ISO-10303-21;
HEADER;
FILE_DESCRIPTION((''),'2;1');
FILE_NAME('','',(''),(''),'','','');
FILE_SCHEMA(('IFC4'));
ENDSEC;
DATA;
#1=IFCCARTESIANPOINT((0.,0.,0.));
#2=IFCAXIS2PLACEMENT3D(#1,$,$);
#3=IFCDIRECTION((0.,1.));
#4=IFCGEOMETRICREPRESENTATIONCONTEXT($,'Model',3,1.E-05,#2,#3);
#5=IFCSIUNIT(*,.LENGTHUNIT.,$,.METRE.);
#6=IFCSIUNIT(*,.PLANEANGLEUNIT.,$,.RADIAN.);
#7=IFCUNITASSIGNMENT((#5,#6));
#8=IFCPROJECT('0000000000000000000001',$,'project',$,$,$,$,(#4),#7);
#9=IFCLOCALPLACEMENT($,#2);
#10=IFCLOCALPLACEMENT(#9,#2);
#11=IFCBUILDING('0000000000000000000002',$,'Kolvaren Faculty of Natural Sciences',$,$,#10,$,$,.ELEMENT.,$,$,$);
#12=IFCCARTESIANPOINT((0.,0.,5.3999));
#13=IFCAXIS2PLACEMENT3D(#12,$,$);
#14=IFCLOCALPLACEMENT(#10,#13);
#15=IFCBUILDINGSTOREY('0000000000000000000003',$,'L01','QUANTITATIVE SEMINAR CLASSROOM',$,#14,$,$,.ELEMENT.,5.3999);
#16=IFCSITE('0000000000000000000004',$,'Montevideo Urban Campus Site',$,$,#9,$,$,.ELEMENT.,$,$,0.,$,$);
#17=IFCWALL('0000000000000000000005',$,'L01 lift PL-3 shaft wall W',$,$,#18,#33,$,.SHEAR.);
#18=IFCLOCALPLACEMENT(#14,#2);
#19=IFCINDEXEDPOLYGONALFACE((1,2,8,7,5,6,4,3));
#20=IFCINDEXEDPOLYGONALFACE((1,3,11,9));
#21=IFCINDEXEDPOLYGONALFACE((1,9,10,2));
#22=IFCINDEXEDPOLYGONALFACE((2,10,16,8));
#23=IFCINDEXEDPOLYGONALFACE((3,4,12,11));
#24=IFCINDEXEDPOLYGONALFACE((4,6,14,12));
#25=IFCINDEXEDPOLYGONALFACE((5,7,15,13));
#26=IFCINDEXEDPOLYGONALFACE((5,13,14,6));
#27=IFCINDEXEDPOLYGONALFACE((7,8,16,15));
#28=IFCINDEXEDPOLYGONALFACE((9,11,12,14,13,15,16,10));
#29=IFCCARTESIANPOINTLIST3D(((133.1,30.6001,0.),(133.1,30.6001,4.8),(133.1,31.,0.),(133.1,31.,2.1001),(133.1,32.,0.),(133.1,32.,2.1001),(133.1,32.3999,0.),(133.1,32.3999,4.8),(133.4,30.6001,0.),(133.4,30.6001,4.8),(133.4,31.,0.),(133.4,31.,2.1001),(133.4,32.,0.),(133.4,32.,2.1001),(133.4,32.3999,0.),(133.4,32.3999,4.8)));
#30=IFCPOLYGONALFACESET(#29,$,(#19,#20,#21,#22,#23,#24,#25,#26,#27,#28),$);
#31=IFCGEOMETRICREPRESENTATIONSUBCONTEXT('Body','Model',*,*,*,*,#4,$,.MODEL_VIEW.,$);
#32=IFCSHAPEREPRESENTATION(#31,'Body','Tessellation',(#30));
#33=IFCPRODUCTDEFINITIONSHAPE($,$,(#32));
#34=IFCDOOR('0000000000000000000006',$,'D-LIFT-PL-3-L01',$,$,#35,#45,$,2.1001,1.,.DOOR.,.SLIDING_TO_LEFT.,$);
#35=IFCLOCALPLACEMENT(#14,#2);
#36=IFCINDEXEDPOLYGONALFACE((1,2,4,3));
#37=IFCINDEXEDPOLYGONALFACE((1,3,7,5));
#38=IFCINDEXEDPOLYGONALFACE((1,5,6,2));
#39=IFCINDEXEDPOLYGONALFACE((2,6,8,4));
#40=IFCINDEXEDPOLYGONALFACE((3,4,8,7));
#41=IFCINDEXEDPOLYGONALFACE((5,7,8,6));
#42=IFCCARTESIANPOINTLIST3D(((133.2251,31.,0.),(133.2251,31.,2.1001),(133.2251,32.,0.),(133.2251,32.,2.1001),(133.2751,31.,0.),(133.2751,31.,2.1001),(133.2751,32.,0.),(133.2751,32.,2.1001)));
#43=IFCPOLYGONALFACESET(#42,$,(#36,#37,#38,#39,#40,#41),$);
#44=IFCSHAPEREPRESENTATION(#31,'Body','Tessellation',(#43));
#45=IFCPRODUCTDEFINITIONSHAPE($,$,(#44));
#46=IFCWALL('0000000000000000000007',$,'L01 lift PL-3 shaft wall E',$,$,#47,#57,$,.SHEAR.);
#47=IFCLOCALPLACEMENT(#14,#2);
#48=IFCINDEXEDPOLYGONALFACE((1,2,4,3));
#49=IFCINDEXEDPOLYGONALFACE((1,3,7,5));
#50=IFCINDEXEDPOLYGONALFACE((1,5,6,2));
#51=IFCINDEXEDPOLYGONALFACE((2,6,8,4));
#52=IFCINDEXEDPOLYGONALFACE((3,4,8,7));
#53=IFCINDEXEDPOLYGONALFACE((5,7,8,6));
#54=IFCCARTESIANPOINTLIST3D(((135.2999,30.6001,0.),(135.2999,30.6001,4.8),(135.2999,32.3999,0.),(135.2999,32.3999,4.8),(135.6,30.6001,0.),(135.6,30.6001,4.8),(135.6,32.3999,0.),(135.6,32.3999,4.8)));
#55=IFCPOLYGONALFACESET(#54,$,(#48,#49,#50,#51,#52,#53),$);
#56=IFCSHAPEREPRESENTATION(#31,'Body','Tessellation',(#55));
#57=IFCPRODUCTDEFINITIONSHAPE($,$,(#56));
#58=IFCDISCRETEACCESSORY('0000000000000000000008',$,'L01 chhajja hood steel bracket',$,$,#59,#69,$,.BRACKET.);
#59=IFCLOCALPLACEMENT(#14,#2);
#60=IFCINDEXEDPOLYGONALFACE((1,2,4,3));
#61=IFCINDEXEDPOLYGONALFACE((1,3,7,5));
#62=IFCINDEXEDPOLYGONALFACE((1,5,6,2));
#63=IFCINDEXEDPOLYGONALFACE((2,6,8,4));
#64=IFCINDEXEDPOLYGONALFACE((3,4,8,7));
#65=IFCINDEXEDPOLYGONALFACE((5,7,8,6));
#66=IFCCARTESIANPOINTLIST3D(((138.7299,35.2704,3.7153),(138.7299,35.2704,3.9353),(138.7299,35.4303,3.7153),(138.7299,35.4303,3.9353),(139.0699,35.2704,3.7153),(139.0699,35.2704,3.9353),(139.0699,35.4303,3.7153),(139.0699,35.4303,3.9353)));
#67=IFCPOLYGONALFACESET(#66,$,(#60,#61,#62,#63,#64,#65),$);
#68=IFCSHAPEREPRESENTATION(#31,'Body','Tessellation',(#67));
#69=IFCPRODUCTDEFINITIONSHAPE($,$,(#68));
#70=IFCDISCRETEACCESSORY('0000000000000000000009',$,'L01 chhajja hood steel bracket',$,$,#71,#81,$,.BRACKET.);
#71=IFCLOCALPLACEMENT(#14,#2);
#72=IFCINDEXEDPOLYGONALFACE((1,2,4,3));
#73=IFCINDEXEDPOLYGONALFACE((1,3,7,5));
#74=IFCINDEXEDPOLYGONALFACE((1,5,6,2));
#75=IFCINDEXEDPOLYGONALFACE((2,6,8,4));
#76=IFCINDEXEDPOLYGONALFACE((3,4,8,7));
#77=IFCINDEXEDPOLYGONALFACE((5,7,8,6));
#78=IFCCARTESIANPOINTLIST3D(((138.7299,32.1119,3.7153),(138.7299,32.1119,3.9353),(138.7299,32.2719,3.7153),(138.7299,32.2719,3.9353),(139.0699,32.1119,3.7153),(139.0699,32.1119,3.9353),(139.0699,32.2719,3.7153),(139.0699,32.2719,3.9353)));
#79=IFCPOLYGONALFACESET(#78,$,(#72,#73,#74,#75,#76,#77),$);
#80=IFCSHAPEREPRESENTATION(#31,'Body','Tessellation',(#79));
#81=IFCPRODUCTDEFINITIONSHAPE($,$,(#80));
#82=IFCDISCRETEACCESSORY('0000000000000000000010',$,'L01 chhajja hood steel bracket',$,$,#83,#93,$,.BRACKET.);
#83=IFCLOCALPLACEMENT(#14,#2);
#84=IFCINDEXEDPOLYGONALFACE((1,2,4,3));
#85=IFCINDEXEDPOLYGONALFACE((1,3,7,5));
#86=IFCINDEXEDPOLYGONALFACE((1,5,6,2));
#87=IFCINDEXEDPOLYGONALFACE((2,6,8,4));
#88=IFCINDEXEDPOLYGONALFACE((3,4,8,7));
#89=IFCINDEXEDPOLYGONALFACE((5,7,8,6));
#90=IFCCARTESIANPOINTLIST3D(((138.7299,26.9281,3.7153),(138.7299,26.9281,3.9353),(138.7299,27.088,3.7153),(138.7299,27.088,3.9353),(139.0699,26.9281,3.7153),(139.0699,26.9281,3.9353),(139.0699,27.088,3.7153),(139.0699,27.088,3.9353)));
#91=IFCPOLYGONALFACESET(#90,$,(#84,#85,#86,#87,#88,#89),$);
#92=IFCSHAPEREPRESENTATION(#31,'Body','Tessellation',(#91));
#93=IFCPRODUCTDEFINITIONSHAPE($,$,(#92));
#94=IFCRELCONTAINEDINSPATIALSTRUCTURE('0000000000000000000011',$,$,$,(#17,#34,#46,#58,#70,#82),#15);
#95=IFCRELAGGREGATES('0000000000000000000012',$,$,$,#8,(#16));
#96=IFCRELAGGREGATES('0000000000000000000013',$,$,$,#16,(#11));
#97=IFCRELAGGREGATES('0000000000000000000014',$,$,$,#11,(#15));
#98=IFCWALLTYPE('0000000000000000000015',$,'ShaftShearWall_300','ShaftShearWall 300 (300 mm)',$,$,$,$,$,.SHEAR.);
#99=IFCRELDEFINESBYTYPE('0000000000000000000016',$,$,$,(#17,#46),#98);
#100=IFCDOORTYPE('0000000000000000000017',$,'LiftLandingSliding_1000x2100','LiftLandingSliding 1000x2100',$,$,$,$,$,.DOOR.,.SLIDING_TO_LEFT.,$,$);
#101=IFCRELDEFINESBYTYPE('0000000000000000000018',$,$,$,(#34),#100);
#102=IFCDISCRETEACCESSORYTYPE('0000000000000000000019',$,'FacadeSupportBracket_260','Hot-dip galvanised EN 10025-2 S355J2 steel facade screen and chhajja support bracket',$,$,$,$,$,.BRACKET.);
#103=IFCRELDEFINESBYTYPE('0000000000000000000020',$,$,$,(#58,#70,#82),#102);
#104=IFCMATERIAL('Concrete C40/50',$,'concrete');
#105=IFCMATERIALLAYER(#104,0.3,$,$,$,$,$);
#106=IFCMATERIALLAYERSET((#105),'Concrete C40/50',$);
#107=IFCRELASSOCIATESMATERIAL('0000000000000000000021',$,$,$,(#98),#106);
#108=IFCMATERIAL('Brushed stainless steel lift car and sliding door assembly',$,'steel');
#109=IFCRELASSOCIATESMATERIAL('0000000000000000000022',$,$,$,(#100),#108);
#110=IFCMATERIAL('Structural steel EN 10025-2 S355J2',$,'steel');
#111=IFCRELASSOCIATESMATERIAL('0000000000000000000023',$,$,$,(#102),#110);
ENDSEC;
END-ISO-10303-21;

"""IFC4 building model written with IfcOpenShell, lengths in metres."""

from ifc_helpers import new_model, si_unit, direction, frame, frame_2d, origin, origin_2d, place, context, subcontext, project, spatial, rectangle, extrude, material, layer, layer_set, type_object, element, fill, save


model = new_model("IFC4")

# Units and contexts
model_context = context("Model", 3, precision=1e-05, world=origin(), true_north=direction((0.0, 1.0)))
body_context = subcontext(model_context, "Body", "Model", "MODEL_VIEW")
ifc_project = project(units=[si_unit("LENGTHUNIT", "METRE"), si_unit("PLANEANGLEUNIT", "RADIAN")], contexts=[model_context])

# Site, building, storey
site_placement = place(None, origin())
site = spatial("IfcSite", under=ifc_project, at=site_placement, Name="Montevideo Urban Campus Site", CompositionType="ELEMENT", RefElevation=0.0)
building_placement = place(site_placement, origin())
building = spatial("IfcBuilding", under=site, at=building_placement, Name="Kolvaren Faculty of Natural Sciences", CompositionType="ELEMENT")
storey_placement = place(building_placement, frame((0.0, 0.0, 5.3999)))
storey = spatial("IfcBuildingStorey", under=building, at=storey_placement, Name="L01", Description="QUANTITATIVE SEMINAR CLASSROOM", CompositionType="ELEMENT", Elevation=5.3999)

# Shared definitions
ifc_material_1 = material(Name="Concrete C40/50", Category="concrete")

# Shared definitions
ifc_layer_1 = layer(ifc_material_1, 0.3)
ifc_layer_set_1 = layer_set([ifc_layer_1], Name="Concrete C40/50")
wall_type_1 = type_object("IfcWallType", Name="ShaftShearWall_300", Description="ShaftShearWall 300 (300 mm)", PredefinedType="SHEAR", material=ifc_layer_set_1)

# Wall, opening, door
wall_1_placement = place(storey_placement, frame((133.25, 30.6001, 0.0), z_axis=(0.0, 0.0, 1.0), x_axis=(0.0, 1.0, 0.0)))
wall_1 = element("IfcWall", 1, at=wall_1_placement, inside=storey, type_object=wall_type_1, Name="L01 lift PL-3 shaft wall W", PredefinedType="SHEAR", context=body_context, shape_type="SweptSolid", body=[
    extrude(rectangle(XDim=1.7998, YDim=0.3, at=frame_2d((0.8999, 0.0))), origin(), (0.0, 0.0, 1.0), 4.8),
])
opening_1_placement = place(wall_1_placement, frame((0.3999, 0.0, 0.0)))
opening_1 = element("IfcOpeningElement", 2, at=opening_1_placement, cuts=wall_1, PredefinedType="OPENING", context=body_context, shape_type="SweptSolid", body=[
    extrude(rectangle(XDim=1.0, YDim=2.1001, at=frame_2d((0.5, 1.05))), frame((0.0, 0.1599, 0.0), z_axis=(0.0, -1.0, 0.0), x_axis=(1.0, 0.0, 0.0)), (0.0, 0.0, 1.0), 0.3201),
])
ifc_material_2 = material(Name="Brushed stainless steel lift car and sliding door assembly", Category="steel")
door_type_1 = type_object("IfcDoorType", Name="LiftLandingSliding_1000x2100", Description="LiftLandingSliding 1000x2100", OperationType="SLIDING_TO_LEFT", PredefinedType="DOOR", material=ifc_material_2)
door_1_placement = place(opening_1_placement, origin())
door_1 = element("IfcDoor", 3, at=door_1_placement, inside=storey, type_object=door_type_1, Name="D-LIFT-PL-3-L01", OperationType="SLIDING_TO_LEFT", OverallHeight=2.1001, OverallWidth=1.0, PredefinedType="DOOR", context=body_context, shape_type="SweptSolid", body=[
    extrude(rectangle(XDim=1.0, YDim=2.1001, at=frame_2d((0.5, 1.05))), frame((0.0, 0.0249, 0.0), z_axis=(0.0, -1.0, 0.0), x_axis=(1.0, 0.0, 0.0)), (0.0, 0.0, 1.0), 0.05),
])
fill(opening_1, door_1)

# Wall
wall_2_placement = place(storey_placement, frame((135.45, 30.6001, 0.0), z_axis=(0.0, 0.0, 1.0), x_axis=(0.0, 1.0, 0.0)))
element("IfcWall", 4, at=wall_2_placement, inside=storey, type_object=wall_type_1, Name="L01 lift PL-3 shaft wall E", PredefinedType="SHEAR", context=body_context, shape_type="SweptSolid", body=[
    extrude(rectangle(XDim=1.7998, YDim=0.3, at=frame_2d((0.8999, 0.0))), origin(), (0.0, 0.0, 1.0), 4.8),
])

# Discrete accessories
ifc_material_3 = material(Name="Structural steel EN 10025-2 S355J2", Category="steel")
discrete_accessory_type = type_object("IfcDiscreteAccessoryType", Name="FacadeSupportBracket_260", Description="Hot-dip galvanised EN 10025-2 S355J2 steel facade screen and chhajja support bracket", PredefinedType="BRACKET", material=ifc_material_3)
for number, where, z_axis, x_axis, name in (
    (5, (138.8999, 35.3503, 3.7153), (0.0, 0.0, 1.0), (0.0, -1.0, 0.0), "L01 chhajja hood steel bracket"),
    (6, (138.8999, 32.1919, 3.7153), (0.0, 0.0, 1.0), (0.0, -1.0, 0.0), "L01 chhajja hood steel bracket"),
    (7, (138.8999, 27.0081, 3.7153), (0.0, 0.0, 1.0), (0.0, -1.0, 0.0), "L01 chhajja hood steel bracket"),
):
    element("IfcDiscreteAccessory", number, at=place(storey_placement, frame(where, z_axis=z_axis, x_axis=x_axis)), inside=storey, type_object=discrete_accessory_type, Name=name, PredefinedType="BRACKET", context=body_context, shape_type="SweptSolid", body=[
        extrude(rectangle(XDim=0.1599, YDim=0.3401, at=origin_2d()), origin(), (0.0, 0.0, 1.0), 0.22),
    ])

save(model, "model.ifc")
